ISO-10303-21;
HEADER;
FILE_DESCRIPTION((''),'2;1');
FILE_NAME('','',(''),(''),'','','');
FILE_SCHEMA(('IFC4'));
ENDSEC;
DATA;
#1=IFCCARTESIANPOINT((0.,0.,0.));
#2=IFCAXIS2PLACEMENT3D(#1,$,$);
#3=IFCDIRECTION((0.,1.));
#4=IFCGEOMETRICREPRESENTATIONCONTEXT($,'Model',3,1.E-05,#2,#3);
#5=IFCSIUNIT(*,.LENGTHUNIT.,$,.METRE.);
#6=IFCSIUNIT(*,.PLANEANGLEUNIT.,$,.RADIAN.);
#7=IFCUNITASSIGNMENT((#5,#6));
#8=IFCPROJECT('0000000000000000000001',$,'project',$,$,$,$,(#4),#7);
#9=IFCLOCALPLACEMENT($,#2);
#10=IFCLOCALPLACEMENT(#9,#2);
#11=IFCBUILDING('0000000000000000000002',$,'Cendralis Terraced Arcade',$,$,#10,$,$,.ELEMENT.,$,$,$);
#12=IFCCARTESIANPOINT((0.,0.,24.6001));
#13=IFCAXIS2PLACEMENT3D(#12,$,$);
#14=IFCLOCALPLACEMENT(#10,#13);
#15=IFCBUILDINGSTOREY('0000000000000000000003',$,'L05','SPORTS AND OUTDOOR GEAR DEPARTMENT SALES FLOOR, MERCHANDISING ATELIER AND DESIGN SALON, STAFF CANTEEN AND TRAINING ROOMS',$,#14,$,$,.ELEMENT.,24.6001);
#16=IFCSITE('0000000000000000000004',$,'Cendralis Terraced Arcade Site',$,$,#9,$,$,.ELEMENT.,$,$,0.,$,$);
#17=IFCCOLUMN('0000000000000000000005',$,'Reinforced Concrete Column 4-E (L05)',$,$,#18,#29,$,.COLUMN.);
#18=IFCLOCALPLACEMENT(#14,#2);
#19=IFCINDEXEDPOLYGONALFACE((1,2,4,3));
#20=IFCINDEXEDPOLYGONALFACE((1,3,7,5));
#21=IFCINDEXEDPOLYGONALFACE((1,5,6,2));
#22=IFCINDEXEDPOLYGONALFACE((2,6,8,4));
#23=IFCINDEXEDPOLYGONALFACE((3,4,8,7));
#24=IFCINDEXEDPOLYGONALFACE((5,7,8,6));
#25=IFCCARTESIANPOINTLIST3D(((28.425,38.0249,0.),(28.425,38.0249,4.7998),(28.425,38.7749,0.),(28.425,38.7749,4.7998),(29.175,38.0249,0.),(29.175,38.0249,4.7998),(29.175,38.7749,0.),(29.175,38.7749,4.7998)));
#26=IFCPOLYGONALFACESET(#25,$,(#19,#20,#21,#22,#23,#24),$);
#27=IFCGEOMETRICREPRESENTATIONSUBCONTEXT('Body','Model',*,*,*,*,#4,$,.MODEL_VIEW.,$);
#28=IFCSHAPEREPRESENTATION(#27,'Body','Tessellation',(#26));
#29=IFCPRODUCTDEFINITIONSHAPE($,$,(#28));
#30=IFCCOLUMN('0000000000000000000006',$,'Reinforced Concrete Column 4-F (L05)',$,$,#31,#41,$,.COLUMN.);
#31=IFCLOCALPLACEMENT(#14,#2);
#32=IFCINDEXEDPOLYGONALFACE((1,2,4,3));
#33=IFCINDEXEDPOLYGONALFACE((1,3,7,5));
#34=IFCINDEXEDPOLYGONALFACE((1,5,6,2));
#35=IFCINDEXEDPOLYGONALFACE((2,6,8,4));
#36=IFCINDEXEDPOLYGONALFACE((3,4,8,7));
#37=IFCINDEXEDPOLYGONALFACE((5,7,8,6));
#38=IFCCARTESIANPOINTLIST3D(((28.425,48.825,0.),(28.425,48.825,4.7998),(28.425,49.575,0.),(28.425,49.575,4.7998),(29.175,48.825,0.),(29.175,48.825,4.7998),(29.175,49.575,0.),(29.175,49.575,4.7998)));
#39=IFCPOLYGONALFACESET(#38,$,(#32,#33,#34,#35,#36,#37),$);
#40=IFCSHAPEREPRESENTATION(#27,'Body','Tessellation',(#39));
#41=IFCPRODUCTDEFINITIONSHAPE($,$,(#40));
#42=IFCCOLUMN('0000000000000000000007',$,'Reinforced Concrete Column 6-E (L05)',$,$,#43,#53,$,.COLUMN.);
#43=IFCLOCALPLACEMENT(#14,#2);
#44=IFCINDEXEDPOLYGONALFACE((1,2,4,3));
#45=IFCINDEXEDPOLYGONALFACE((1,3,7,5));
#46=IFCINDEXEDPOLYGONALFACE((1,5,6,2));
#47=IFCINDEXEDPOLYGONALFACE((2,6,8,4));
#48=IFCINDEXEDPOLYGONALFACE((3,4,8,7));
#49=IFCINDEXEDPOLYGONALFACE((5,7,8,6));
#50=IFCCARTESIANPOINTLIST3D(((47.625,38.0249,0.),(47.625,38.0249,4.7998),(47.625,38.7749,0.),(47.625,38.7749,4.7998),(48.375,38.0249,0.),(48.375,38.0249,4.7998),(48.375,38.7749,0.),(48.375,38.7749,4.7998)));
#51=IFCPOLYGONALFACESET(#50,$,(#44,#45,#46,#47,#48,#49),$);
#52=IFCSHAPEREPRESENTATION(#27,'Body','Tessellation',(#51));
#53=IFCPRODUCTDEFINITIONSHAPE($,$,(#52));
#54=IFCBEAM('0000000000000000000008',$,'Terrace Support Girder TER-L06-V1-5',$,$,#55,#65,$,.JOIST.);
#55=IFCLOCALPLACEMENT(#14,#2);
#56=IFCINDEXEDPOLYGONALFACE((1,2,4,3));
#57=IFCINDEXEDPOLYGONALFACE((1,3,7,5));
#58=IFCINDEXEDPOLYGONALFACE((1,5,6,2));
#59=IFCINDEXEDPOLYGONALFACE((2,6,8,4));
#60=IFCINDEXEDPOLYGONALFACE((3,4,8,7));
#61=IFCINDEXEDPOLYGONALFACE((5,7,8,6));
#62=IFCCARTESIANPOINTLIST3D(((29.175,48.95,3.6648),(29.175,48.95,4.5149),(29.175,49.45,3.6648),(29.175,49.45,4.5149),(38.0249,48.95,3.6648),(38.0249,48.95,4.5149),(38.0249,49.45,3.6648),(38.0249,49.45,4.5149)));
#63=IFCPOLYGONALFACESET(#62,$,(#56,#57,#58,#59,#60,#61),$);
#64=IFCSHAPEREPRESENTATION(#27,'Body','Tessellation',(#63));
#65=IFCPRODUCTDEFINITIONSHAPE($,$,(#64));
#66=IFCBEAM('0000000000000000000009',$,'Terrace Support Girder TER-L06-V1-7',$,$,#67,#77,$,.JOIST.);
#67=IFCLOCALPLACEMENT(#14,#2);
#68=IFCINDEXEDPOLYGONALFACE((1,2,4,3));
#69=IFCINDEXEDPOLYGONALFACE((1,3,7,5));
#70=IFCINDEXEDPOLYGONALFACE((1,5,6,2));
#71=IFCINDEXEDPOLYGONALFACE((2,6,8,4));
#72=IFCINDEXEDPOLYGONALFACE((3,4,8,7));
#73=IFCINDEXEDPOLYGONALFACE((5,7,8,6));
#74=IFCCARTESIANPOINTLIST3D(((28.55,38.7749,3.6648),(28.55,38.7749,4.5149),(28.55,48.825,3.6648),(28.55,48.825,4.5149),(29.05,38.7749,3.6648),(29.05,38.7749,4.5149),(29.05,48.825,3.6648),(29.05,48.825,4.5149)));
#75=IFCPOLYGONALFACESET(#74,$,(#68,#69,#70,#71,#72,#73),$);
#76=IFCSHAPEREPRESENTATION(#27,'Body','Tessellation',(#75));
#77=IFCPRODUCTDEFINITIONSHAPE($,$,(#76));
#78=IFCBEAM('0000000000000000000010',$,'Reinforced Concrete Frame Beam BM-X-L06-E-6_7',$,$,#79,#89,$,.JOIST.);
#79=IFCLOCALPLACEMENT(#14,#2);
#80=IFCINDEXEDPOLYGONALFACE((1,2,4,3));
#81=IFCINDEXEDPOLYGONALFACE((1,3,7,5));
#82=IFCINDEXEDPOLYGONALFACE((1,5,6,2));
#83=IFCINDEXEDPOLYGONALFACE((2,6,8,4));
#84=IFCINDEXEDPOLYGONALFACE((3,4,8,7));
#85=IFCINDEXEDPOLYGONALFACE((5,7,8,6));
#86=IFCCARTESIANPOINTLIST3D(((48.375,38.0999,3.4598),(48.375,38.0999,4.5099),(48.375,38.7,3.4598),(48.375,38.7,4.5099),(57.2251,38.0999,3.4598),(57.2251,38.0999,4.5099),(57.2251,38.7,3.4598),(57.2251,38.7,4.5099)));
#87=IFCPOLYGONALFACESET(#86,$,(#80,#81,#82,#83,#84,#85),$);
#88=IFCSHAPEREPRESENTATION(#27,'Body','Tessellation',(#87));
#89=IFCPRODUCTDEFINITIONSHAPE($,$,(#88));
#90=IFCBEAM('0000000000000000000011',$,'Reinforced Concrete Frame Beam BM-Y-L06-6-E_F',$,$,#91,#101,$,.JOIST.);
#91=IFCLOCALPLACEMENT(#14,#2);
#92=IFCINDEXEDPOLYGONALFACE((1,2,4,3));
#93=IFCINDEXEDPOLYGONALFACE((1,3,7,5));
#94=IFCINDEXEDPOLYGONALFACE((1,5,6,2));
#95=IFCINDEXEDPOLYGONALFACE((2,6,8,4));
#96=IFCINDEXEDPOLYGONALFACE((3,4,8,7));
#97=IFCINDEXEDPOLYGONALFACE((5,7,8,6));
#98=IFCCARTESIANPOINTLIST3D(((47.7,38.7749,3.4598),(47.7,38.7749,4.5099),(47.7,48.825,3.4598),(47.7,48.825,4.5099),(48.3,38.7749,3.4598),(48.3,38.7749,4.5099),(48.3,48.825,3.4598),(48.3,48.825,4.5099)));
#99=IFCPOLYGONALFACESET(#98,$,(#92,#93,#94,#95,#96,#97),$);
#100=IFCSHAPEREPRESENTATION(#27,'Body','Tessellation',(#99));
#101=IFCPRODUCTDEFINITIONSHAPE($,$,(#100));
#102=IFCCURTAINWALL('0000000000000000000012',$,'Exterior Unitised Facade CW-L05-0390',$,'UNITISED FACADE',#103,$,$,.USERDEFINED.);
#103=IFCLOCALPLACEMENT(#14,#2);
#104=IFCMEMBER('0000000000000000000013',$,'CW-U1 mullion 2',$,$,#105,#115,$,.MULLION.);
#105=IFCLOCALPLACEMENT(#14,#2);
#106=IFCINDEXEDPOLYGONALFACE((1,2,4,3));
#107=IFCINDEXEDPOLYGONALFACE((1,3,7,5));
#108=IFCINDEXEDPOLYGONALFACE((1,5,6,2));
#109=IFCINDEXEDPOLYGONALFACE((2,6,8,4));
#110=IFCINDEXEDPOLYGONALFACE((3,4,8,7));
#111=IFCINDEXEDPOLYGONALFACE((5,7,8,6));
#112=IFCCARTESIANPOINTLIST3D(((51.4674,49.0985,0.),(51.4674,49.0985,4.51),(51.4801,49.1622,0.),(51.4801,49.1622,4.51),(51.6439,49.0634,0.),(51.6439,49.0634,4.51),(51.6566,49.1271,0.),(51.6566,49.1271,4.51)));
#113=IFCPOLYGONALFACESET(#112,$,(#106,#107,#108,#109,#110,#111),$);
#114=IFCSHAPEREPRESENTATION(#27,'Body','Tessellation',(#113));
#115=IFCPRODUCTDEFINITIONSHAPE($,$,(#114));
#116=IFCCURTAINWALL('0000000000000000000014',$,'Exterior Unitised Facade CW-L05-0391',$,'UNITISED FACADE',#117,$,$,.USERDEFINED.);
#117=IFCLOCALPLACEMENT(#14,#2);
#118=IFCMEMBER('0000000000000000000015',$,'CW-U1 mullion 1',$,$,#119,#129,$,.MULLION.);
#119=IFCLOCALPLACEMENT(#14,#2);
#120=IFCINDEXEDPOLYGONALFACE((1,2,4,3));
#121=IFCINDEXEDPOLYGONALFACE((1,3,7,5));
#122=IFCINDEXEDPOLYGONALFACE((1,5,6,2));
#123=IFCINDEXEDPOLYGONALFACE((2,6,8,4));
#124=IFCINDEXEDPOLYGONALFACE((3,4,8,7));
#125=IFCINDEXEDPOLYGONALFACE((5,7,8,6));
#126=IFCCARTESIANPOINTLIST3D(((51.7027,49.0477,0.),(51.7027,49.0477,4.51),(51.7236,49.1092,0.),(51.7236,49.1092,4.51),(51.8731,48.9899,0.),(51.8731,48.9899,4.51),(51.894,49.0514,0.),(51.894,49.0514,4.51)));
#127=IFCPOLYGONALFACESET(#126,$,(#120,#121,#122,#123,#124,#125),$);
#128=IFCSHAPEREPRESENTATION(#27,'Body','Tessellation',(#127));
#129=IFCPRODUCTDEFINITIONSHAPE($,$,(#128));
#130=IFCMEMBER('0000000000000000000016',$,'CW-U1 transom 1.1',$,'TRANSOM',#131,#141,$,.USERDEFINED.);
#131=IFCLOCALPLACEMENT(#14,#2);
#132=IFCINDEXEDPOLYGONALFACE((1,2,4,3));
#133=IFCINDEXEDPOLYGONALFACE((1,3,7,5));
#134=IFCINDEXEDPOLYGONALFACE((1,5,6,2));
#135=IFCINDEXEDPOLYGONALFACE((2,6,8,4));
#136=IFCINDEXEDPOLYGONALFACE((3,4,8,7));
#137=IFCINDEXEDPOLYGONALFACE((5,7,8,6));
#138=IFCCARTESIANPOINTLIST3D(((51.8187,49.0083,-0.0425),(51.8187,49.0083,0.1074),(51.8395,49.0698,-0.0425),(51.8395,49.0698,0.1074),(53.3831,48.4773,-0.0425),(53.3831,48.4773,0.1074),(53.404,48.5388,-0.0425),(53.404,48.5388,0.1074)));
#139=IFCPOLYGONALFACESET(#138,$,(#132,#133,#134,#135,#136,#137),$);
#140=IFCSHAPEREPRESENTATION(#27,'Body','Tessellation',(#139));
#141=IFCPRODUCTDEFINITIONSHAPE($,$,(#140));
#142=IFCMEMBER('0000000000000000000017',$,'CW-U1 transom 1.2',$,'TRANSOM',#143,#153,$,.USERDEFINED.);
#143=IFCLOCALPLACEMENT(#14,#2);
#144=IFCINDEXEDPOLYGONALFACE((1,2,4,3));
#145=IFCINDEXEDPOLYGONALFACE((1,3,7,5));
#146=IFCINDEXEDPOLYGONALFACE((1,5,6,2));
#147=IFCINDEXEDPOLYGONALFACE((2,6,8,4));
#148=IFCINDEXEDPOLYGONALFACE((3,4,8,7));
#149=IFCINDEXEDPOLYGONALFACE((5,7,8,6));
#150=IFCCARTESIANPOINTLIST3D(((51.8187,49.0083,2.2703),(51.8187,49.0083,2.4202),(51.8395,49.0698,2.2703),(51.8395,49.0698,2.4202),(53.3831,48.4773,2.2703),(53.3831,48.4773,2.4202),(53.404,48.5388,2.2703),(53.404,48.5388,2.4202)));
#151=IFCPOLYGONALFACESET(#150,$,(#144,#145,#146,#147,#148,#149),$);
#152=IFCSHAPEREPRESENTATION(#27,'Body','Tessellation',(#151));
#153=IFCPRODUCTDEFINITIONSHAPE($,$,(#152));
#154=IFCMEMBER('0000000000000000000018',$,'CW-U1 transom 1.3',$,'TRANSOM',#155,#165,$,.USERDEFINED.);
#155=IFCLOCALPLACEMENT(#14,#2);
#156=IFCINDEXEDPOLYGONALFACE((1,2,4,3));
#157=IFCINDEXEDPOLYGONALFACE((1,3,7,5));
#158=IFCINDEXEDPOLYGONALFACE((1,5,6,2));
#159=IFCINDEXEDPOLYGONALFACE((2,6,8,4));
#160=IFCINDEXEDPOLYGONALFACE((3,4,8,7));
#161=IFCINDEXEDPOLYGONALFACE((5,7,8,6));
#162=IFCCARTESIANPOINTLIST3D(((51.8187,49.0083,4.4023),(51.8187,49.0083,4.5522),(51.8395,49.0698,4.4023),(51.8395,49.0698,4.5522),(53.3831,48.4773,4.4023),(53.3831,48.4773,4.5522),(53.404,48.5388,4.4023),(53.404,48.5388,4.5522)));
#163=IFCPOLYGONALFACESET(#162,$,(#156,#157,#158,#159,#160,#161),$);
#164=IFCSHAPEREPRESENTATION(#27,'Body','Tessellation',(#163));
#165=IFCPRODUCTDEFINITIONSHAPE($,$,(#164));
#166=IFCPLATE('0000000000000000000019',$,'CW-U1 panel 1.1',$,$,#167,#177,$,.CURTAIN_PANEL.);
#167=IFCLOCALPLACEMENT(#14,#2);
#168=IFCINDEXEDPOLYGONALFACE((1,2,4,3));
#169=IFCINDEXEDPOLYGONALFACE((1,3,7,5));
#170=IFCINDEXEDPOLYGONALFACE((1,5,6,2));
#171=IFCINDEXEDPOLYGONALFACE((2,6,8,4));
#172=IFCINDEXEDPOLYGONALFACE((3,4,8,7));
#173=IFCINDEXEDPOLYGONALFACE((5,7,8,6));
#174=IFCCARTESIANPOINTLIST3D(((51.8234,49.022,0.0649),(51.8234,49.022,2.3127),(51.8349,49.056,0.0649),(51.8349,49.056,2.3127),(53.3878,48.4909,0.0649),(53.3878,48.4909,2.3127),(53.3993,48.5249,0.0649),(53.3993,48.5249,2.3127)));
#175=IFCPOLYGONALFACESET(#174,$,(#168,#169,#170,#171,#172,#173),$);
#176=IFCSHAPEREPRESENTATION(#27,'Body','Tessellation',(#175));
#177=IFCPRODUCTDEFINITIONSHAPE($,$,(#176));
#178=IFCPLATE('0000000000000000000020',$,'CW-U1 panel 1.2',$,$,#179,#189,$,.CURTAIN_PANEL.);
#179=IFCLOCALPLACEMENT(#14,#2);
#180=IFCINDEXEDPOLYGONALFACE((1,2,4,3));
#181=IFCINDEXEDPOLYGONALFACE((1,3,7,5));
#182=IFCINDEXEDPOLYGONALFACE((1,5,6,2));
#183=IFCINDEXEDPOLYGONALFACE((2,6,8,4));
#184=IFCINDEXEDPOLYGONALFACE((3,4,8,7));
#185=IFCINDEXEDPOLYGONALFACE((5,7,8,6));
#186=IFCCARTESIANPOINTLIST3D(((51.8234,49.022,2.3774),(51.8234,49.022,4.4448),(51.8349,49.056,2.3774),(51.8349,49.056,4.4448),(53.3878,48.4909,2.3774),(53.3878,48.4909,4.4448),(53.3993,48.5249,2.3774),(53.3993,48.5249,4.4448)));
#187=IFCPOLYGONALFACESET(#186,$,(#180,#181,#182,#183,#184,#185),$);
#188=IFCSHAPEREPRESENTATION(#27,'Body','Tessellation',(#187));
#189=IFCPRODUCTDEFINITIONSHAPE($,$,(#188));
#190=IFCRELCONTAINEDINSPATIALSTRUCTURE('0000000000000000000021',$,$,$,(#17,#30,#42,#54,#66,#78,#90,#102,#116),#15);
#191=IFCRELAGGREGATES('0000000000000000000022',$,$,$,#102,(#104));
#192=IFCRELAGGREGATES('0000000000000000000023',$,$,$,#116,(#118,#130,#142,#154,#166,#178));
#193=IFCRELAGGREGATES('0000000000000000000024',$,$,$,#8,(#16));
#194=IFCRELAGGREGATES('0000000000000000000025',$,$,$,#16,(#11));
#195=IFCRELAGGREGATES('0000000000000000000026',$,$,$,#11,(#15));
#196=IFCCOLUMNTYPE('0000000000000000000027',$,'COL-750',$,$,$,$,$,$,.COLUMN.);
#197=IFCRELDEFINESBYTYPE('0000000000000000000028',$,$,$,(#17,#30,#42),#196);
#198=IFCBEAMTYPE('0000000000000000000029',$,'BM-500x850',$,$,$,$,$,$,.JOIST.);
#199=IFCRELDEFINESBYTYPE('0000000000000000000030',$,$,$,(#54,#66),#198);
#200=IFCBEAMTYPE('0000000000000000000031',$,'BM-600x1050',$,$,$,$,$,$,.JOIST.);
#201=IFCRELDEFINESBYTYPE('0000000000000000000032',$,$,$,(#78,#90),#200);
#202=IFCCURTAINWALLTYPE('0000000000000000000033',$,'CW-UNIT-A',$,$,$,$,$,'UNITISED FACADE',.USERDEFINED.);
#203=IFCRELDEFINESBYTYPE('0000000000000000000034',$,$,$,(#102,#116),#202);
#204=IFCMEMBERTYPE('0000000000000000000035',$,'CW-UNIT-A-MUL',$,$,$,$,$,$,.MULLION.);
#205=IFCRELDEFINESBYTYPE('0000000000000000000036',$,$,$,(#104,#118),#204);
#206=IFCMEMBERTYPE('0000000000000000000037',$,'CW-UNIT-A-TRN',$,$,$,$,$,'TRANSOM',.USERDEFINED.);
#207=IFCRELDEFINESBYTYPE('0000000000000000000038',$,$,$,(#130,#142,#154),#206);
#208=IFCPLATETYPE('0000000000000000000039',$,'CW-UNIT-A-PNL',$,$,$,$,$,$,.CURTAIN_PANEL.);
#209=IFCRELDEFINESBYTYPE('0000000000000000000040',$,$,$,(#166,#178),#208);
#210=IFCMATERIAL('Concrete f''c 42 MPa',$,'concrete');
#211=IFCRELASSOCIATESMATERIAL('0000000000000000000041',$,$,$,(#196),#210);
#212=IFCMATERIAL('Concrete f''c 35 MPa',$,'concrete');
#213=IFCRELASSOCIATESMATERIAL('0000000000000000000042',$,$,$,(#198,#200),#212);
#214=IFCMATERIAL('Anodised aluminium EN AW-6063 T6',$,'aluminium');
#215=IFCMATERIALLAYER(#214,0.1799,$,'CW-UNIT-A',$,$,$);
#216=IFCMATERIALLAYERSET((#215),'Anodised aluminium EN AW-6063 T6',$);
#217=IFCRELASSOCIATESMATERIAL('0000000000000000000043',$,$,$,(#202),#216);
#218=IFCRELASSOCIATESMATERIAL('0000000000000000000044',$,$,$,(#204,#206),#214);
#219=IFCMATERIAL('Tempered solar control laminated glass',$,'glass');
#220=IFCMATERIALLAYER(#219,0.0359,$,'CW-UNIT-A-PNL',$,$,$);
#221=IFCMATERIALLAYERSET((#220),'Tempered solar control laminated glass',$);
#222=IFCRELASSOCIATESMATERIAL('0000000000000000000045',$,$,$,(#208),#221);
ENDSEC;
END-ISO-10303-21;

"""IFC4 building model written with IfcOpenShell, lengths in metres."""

from ifc_helpers import new_model, si_unit, direction, frame, origin, origin_2d, place, context, subcontext, project, spatial, rectangle, extrude, material, layer, layer_set, material_profile, profile_set, type_object, element, aggregate, save


model = new_model("IFC4")

# Units and contexts
model_context = context("Model", 3, precision=1e-05, world=origin(), true_north=direction((0.0, 1.0)))
body_context = subcontext(model_context, "Body", "Model", "MODEL_VIEW")
ifc_project = project(units=[si_unit("LENGTHUNIT", "METRE"), si_unit("PLANEANGLEUNIT", "RADIAN")], contexts=[model_context])

# Site, building, storey
site_placement = place(None, origin())
site = spatial("IfcSite", under=ifc_project, at=site_placement, Name="Cendralis Terraced Arcade Site", CompositionType="ELEMENT", RefElevation=0.0)
building_placement = place(site_placement, origin())
building = spatial("IfcBuilding", under=site, at=building_placement, Name="Cendralis Terraced Arcade", CompositionType="ELEMENT")
storey_placement = place(building_placement, frame((0.0, 0.0, 24.6001)))
storey = spatial("IfcBuildingStorey", under=building, at=storey_placement, Name="L05", Description="SPORTS AND OUTDOOR GEAR DEPARTMENT SALES FLOOR, MERCHANDISING ATELIER AND DESIGN SALON, STAFF CANTEEN AND TRAINING ROOMS", CompositionType="ELEMENT", Elevation=24.6001)

# Columns
ifc_material_1 = material(Name="Concrete f'c 42 MPa", Category="concrete")
ifc_material_profile_1 = material_profile(ifc_material_1, rectangle(XDim=0.75, YDim=0.75, at=origin_2d()), Name="RC-COL-750x750", Category="LoadBearing")
ifc_profile_set_1 = profile_set([ifc_material_profile_1], Name="Concrete f'c 42 MPa")
column_type = type_object("IfcColumnType", Name="COL-750", PredefinedType="COLUMN", material=ifc_profile_set_1)
for number, where, z_axis, x_axis, name in (
    (1, (28.8, 38.3999, 0.0), (0.0, 0.0, 1.0), (1.0, 0.0, 0.0), "Reinforced Concrete Column 4-E (L05)"),
    (2, (28.8, 49.2, 0.0), (0.0, 0.0, 1.0), (1.0, 0.0, 0.0), "Reinforced Concrete Column 4-F (L05)"),
    (3, (48.0, 38.3999, 0.0), (0.0, 0.0, 1.0), (1.0, 0.0, 0.0), "Reinforced Concrete Column 6-E (L05)"),
):
    element("IfcColumn", number, at=place(storey_placement, frame(where, z_axis=z_axis, x_axis=x_axis)), inside=storey, type_object=column_type, Name=name, PredefinedType="COLUMN", context=body_context, shape_type="SweptSolid", body=[
        extrude(rectangle(XDim=0.75, YDim=0.75, at=origin_2d()), origin(), (0.0, 0.0, 1.0), 4.7998),
    ])

# Beams
ifc_material_2 = material(Name="Concrete f'c 35 MPa", Category="concrete")
ifc_material_profile_2 = material_profile(ifc_material_2, rectangle(XDim=0.5, YDim=0.8501, at=origin_2d()), Name="RC-BM-500x850", Category="LoadBearing")
ifc_profile_set_2 = profile_set([ifc_material_profile_2], Name="Concrete f'c 35 MPa")
beam_type_1 = type_object("IfcBeamType", Name="BM-500x850", PredefinedType="JOIST", material=ifc_profile_set_2)
beam_1_placement = place(storey_placement, frame((29.175, 49.2, 4.0898), z_axis=(1.0, 0.0, 0.0), x_axis=(0.0, 1.0, 0.0)))
element("IfcBeam", 4, at=beam_1_placement, inside=storey, type_object=beam_type_1, Name="Terrace Support Girder TER-L06-V1-5", PredefinedType="JOIST", context=body_context, shape_type="SweptSolid", body=[
    extrude(rectangle(XDim=0.5, YDim=0.8501, at=origin_2d()), origin(), (0.0, 0.0, 1.0), 8.8499),
])
beam_2_placement = place(storey_placement, frame((28.8, 38.7749, 4.0898), z_axis=(0.0, 1.0, 0.0), x_axis=(-1.0, 0.0, 0.0)))
element("IfcBeam", 5, at=beam_2_placement, inside=storey, type_object=beam_type_1, Name="Terrace Support Girder TER-L06-V1-7", PredefinedType="JOIST", context=body_context, shape_type="SweptSolid", body=[
    extrude(rectangle(XDim=0.5, YDim=0.8501, at=origin_2d()), origin(), (0.0, 0.0, 1.0), 10.05),
])
ifc_material_profile_3 = material_profile(ifc_material_2, rectangle(XDim=0.6001, YDim=1.05, at=origin_2d()), Name="RC-BM-600x1050", Category="LoadBearing")
ifc_profile_set_3 = profile_set([ifc_material_profile_3], Name="Concrete f'c 35 MPa")
beam_type_2 = type_object("IfcBeamType", Name="BM-600x1050", PredefinedType="JOIST", material=ifc_profile_set_3)
beam_3_placement = place(storey_placement, frame((48.375, 38.3999, 3.9849), z_axis=(1.0, 0.0, 0.0), x_axis=(0.0, 1.0, 0.0)))
element("IfcBeam", 6, at=beam_3_placement, inside=storey, type_object=beam_type_2, Name="Reinforced Concrete Frame Beam BM-X-L06-E-6_7", PredefinedType="JOIST", context=body_context, shape_type="SweptSolid", body=[
    extrude(rectangle(XDim=0.6001, YDim=1.05, at=origin_2d()), origin(), (0.0, 0.0, 1.0), 8.8501),
])
beam_4_placement = place(storey_placement, frame((48.0, 38.7749, 3.9849), z_axis=(0.0, 1.0, 0.0), x_axis=(-1.0, 0.0, 0.0)))
element("IfcBeam", 7, at=beam_4_placement, inside=storey, type_object=beam_type_2, Name="Reinforced Concrete Frame Beam BM-Y-L06-6-E_F", PredefinedType="JOIST", context=body_context, shape_type="SweptSolid", body=[
    extrude(rectangle(XDim=0.6001, YDim=1.05, at=origin_2d()), origin(), (0.0, 0.0, 1.0), 10.05),
])

# Curtain wall, member
ifc_material_3 = material(Name="Anodised aluminium EN AW-6063 T6", Category="aluminium")
ifc_layer_1 = layer(ifc_material_3, 0.1799, Name="CW-UNIT-A")
ifc_layer_set_1 = layer_set([ifc_layer_1], Name="Anodised aluminium EN AW-6063 T6")
curtain_wall_type = type_object("IfcCurtainWallType", Name="CW-UNIT-A", ElementType="UNITISED FACADE", PredefinedType="USERDEFINED", material=ifc_layer_set_1)
curtain_wall_1_placement = place(storey_placement, origin())
curtain_wall_1 = element("IfcCurtainWall", 8, at=curtain_wall_1_placement, inside=storey, type_object=curtain_wall_type, Name="Exterior Unitised Facade CW-L05-0390", ObjectType="UNITISED FACADE", PredefinedType="USERDEFINED")
ifc_material_profile_4 = material_profile(ifc_material_3, rectangle(XDim=0.0649, YDim=0.1799, at=origin_2d()), Name="ALU-MUL-65x180")
ifc_profile_set_4 = profile_set([ifc_material_profile_4], Name="Anodised aluminium EN AW-6063 T6")
member_type_1 = type_object("IfcMemberType", Name="CW-UNIT-A-MUL", PredefinedType="MULLION", material=ifc_profile_set_4)
member_1_placement = place(storey_placement, frame((51.562, 49.1128, 0.0), z_axis=(0.0, 0.0, 1.0), x_axis=(0.195058, 0.980792, 0.0)))
member_1 = element("IfcMember", 9, at=member_1_placement, type_object=member_type_1, Name="CW-U1 mullion 2", PredefinedType="MULLION", context=body_context, shape_type="SweptSolid", body=[
    extrude(rectangle(XDim=0.0649, YDim=0.1799, at=origin_2d()), origin(), (0.0, 0.0, 1.0), 4.51),
])
aggregate(curtain_wall_1, [member_1])

# Curtain wall, members, plates
curtain_wall_2_placement = place(storey_placement, origin())
curtain_wall_2 = element("IfcCurtainWall", 10, at=curtain_wall_2_placement, inside=storey, type_object=curtain_wall_type, Name="Exterior Unitised Facade CW-L05-0391", ObjectType="UNITISED FACADE", PredefinedType="USERDEFINED")
member_2_placement = place(storey_placement, frame((51.7983, 49.0496, 0.0), z_axis=(0.0, 0.0, 1.0), x_axis=(0.321458, 0.946924, 0.0)))
member_2 = element("IfcMember", 11, at=member_2_placement, type_object=member_type_1, Name="CW-U1 mullion 1", PredefinedType="MULLION", context=body_context, shape_type="SweptSolid", body=[
    extrude(rectangle(XDim=0.0649, YDim=0.1799, at=origin_2d()), origin(), (0.0, 0.0, 1.0), 4.51),
])
ifc_material_profile_5 = material_profile(ifc_material_3, rectangle(XDim=0.0649, YDim=0.1499, at=origin_2d()), Name="ALU-TRN-65x150")
ifc_profile_set_5 = profile_set([ifc_material_profile_5], Name="Anodised aluminium EN AW-6063 T6")
member_type_2 = type_object("IfcMemberType", Name="CW-UNIT-A-TRN", ElementType="TRANSOM", PredefinedType="USERDEFINED", material=ifc_profile_set_5)
member_3_placement = place(storey_placement, frame((51.8291, 49.0391, 0.0325), z_axis=(0.94694, -0.32141, 0.0), x_axis=(0.32141, 0.94694, 0.0)))
member_3 = element("IfcMember", 12, at=member_3_placement, type_object=member_type_2, Name="CW-U1 transom 1.1", ObjectType="TRANSOM", PredefinedType="USERDEFINED", context=body_context, shape_type="SweptSolid", body=[
    extrude(rectangle(XDim=0.0649, YDim=0.1499, at=origin_2d()), origin(), (0.0, 0.0, 1.0), 1.6521),
])
member_4_placement = place(storey_placement, frame((51.8291, 49.0391, 2.3452), z_axis=(0.94694, -0.32141, 0.0), x_axis=(0.32141, 0.94694, 0.0)))
member_4 = element("IfcMember", 13, at=member_4_placement, type_object=member_type_2, Name="CW-U1 transom 1.2", ObjectType="TRANSOM", PredefinedType="USERDEFINED", context=body_context, shape_type="SweptSolid", body=[
    extrude(rectangle(XDim=0.0649, YDim=0.1499, at=origin_2d()), origin(), (0.0, 0.0, 1.0), 1.6521),
])
member_5_placement = place(storey_placement, frame((51.8291, 49.0391, 4.4773), z_axis=(0.94694, -0.32141, 0.0), x_axis=(0.32141, 0.94694, 0.0)))
member_5 = element("IfcMember", 14, at=member_5_placement, type_object=member_type_2, Name="CW-U1 transom 1.3", ObjectType="TRANSOM", PredefinedType="USERDEFINED", context=body_context, shape_type="SweptSolid", body=[
    extrude(rectangle(XDim=0.0649, YDim=0.1499, at=origin_2d()), origin(), (0.0, 0.0, 1.0), 1.6521),
])
ifc_material_4 = material(Name="Tempered solar control laminated glass", Category="glass")
ifc_layer_2 = layer(ifc_material_4, 0.0359, Name="CW-UNIT-A-PNL")
ifc_layer_set_2 = layer_set([ifc_layer_2], Name="Tempered solar control laminated glass")
plate_type = type_object("IfcPlateType", Name="CW-UNIT-A-PNL", PredefinedType="CURTAIN_PANEL", material=ifc_layer_set_2)
plate_1_placement = place(storey_placement, frame((52.6113, 48.7734, 0.0649), z_axis=(0.0, 0.0, 1.0), x_axis=(0.946924, -0.321458, 0.0)))
plate_1 = element("IfcPlate", 15, at=plate_1_placement, type_object=plate_type, Name="CW-U1 panel 1.1", PredefinedType="CURTAIN_PANEL", context=body_context, shape_type="SweptSolid", body=[
    extrude(rectangle(XDim=1.6521, YDim=0.0359, at=origin_2d()), origin(), (0.0, 0.0, 1.0), 2.2478),
])
plate_2_placement = place(storey_placement, frame((52.6113, 48.7734, 2.3774), z_axis=(0.0, 0.0, 1.0), x_axis=(0.946924, -0.321458, 0.0)))
plate_2 = element("IfcPlate", 16, at=plate_2_placement, type_object=plate_type, Name="CW-U1 panel 1.2", PredefinedType="CURTAIN_PANEL", context=body_context, shape_type="SweptSolid", body=[
    extrude(rectangle(XDim=1.6521, YDim=0.0359, at=origin_2d()), origin(), (0.0, 0.0, 1.0), 2.0674),
])
aggregate(curtain_wall_2, [member_2, member_3, member_4, member_5, plate_1, plate_2])

save(model, "model.ifc")
